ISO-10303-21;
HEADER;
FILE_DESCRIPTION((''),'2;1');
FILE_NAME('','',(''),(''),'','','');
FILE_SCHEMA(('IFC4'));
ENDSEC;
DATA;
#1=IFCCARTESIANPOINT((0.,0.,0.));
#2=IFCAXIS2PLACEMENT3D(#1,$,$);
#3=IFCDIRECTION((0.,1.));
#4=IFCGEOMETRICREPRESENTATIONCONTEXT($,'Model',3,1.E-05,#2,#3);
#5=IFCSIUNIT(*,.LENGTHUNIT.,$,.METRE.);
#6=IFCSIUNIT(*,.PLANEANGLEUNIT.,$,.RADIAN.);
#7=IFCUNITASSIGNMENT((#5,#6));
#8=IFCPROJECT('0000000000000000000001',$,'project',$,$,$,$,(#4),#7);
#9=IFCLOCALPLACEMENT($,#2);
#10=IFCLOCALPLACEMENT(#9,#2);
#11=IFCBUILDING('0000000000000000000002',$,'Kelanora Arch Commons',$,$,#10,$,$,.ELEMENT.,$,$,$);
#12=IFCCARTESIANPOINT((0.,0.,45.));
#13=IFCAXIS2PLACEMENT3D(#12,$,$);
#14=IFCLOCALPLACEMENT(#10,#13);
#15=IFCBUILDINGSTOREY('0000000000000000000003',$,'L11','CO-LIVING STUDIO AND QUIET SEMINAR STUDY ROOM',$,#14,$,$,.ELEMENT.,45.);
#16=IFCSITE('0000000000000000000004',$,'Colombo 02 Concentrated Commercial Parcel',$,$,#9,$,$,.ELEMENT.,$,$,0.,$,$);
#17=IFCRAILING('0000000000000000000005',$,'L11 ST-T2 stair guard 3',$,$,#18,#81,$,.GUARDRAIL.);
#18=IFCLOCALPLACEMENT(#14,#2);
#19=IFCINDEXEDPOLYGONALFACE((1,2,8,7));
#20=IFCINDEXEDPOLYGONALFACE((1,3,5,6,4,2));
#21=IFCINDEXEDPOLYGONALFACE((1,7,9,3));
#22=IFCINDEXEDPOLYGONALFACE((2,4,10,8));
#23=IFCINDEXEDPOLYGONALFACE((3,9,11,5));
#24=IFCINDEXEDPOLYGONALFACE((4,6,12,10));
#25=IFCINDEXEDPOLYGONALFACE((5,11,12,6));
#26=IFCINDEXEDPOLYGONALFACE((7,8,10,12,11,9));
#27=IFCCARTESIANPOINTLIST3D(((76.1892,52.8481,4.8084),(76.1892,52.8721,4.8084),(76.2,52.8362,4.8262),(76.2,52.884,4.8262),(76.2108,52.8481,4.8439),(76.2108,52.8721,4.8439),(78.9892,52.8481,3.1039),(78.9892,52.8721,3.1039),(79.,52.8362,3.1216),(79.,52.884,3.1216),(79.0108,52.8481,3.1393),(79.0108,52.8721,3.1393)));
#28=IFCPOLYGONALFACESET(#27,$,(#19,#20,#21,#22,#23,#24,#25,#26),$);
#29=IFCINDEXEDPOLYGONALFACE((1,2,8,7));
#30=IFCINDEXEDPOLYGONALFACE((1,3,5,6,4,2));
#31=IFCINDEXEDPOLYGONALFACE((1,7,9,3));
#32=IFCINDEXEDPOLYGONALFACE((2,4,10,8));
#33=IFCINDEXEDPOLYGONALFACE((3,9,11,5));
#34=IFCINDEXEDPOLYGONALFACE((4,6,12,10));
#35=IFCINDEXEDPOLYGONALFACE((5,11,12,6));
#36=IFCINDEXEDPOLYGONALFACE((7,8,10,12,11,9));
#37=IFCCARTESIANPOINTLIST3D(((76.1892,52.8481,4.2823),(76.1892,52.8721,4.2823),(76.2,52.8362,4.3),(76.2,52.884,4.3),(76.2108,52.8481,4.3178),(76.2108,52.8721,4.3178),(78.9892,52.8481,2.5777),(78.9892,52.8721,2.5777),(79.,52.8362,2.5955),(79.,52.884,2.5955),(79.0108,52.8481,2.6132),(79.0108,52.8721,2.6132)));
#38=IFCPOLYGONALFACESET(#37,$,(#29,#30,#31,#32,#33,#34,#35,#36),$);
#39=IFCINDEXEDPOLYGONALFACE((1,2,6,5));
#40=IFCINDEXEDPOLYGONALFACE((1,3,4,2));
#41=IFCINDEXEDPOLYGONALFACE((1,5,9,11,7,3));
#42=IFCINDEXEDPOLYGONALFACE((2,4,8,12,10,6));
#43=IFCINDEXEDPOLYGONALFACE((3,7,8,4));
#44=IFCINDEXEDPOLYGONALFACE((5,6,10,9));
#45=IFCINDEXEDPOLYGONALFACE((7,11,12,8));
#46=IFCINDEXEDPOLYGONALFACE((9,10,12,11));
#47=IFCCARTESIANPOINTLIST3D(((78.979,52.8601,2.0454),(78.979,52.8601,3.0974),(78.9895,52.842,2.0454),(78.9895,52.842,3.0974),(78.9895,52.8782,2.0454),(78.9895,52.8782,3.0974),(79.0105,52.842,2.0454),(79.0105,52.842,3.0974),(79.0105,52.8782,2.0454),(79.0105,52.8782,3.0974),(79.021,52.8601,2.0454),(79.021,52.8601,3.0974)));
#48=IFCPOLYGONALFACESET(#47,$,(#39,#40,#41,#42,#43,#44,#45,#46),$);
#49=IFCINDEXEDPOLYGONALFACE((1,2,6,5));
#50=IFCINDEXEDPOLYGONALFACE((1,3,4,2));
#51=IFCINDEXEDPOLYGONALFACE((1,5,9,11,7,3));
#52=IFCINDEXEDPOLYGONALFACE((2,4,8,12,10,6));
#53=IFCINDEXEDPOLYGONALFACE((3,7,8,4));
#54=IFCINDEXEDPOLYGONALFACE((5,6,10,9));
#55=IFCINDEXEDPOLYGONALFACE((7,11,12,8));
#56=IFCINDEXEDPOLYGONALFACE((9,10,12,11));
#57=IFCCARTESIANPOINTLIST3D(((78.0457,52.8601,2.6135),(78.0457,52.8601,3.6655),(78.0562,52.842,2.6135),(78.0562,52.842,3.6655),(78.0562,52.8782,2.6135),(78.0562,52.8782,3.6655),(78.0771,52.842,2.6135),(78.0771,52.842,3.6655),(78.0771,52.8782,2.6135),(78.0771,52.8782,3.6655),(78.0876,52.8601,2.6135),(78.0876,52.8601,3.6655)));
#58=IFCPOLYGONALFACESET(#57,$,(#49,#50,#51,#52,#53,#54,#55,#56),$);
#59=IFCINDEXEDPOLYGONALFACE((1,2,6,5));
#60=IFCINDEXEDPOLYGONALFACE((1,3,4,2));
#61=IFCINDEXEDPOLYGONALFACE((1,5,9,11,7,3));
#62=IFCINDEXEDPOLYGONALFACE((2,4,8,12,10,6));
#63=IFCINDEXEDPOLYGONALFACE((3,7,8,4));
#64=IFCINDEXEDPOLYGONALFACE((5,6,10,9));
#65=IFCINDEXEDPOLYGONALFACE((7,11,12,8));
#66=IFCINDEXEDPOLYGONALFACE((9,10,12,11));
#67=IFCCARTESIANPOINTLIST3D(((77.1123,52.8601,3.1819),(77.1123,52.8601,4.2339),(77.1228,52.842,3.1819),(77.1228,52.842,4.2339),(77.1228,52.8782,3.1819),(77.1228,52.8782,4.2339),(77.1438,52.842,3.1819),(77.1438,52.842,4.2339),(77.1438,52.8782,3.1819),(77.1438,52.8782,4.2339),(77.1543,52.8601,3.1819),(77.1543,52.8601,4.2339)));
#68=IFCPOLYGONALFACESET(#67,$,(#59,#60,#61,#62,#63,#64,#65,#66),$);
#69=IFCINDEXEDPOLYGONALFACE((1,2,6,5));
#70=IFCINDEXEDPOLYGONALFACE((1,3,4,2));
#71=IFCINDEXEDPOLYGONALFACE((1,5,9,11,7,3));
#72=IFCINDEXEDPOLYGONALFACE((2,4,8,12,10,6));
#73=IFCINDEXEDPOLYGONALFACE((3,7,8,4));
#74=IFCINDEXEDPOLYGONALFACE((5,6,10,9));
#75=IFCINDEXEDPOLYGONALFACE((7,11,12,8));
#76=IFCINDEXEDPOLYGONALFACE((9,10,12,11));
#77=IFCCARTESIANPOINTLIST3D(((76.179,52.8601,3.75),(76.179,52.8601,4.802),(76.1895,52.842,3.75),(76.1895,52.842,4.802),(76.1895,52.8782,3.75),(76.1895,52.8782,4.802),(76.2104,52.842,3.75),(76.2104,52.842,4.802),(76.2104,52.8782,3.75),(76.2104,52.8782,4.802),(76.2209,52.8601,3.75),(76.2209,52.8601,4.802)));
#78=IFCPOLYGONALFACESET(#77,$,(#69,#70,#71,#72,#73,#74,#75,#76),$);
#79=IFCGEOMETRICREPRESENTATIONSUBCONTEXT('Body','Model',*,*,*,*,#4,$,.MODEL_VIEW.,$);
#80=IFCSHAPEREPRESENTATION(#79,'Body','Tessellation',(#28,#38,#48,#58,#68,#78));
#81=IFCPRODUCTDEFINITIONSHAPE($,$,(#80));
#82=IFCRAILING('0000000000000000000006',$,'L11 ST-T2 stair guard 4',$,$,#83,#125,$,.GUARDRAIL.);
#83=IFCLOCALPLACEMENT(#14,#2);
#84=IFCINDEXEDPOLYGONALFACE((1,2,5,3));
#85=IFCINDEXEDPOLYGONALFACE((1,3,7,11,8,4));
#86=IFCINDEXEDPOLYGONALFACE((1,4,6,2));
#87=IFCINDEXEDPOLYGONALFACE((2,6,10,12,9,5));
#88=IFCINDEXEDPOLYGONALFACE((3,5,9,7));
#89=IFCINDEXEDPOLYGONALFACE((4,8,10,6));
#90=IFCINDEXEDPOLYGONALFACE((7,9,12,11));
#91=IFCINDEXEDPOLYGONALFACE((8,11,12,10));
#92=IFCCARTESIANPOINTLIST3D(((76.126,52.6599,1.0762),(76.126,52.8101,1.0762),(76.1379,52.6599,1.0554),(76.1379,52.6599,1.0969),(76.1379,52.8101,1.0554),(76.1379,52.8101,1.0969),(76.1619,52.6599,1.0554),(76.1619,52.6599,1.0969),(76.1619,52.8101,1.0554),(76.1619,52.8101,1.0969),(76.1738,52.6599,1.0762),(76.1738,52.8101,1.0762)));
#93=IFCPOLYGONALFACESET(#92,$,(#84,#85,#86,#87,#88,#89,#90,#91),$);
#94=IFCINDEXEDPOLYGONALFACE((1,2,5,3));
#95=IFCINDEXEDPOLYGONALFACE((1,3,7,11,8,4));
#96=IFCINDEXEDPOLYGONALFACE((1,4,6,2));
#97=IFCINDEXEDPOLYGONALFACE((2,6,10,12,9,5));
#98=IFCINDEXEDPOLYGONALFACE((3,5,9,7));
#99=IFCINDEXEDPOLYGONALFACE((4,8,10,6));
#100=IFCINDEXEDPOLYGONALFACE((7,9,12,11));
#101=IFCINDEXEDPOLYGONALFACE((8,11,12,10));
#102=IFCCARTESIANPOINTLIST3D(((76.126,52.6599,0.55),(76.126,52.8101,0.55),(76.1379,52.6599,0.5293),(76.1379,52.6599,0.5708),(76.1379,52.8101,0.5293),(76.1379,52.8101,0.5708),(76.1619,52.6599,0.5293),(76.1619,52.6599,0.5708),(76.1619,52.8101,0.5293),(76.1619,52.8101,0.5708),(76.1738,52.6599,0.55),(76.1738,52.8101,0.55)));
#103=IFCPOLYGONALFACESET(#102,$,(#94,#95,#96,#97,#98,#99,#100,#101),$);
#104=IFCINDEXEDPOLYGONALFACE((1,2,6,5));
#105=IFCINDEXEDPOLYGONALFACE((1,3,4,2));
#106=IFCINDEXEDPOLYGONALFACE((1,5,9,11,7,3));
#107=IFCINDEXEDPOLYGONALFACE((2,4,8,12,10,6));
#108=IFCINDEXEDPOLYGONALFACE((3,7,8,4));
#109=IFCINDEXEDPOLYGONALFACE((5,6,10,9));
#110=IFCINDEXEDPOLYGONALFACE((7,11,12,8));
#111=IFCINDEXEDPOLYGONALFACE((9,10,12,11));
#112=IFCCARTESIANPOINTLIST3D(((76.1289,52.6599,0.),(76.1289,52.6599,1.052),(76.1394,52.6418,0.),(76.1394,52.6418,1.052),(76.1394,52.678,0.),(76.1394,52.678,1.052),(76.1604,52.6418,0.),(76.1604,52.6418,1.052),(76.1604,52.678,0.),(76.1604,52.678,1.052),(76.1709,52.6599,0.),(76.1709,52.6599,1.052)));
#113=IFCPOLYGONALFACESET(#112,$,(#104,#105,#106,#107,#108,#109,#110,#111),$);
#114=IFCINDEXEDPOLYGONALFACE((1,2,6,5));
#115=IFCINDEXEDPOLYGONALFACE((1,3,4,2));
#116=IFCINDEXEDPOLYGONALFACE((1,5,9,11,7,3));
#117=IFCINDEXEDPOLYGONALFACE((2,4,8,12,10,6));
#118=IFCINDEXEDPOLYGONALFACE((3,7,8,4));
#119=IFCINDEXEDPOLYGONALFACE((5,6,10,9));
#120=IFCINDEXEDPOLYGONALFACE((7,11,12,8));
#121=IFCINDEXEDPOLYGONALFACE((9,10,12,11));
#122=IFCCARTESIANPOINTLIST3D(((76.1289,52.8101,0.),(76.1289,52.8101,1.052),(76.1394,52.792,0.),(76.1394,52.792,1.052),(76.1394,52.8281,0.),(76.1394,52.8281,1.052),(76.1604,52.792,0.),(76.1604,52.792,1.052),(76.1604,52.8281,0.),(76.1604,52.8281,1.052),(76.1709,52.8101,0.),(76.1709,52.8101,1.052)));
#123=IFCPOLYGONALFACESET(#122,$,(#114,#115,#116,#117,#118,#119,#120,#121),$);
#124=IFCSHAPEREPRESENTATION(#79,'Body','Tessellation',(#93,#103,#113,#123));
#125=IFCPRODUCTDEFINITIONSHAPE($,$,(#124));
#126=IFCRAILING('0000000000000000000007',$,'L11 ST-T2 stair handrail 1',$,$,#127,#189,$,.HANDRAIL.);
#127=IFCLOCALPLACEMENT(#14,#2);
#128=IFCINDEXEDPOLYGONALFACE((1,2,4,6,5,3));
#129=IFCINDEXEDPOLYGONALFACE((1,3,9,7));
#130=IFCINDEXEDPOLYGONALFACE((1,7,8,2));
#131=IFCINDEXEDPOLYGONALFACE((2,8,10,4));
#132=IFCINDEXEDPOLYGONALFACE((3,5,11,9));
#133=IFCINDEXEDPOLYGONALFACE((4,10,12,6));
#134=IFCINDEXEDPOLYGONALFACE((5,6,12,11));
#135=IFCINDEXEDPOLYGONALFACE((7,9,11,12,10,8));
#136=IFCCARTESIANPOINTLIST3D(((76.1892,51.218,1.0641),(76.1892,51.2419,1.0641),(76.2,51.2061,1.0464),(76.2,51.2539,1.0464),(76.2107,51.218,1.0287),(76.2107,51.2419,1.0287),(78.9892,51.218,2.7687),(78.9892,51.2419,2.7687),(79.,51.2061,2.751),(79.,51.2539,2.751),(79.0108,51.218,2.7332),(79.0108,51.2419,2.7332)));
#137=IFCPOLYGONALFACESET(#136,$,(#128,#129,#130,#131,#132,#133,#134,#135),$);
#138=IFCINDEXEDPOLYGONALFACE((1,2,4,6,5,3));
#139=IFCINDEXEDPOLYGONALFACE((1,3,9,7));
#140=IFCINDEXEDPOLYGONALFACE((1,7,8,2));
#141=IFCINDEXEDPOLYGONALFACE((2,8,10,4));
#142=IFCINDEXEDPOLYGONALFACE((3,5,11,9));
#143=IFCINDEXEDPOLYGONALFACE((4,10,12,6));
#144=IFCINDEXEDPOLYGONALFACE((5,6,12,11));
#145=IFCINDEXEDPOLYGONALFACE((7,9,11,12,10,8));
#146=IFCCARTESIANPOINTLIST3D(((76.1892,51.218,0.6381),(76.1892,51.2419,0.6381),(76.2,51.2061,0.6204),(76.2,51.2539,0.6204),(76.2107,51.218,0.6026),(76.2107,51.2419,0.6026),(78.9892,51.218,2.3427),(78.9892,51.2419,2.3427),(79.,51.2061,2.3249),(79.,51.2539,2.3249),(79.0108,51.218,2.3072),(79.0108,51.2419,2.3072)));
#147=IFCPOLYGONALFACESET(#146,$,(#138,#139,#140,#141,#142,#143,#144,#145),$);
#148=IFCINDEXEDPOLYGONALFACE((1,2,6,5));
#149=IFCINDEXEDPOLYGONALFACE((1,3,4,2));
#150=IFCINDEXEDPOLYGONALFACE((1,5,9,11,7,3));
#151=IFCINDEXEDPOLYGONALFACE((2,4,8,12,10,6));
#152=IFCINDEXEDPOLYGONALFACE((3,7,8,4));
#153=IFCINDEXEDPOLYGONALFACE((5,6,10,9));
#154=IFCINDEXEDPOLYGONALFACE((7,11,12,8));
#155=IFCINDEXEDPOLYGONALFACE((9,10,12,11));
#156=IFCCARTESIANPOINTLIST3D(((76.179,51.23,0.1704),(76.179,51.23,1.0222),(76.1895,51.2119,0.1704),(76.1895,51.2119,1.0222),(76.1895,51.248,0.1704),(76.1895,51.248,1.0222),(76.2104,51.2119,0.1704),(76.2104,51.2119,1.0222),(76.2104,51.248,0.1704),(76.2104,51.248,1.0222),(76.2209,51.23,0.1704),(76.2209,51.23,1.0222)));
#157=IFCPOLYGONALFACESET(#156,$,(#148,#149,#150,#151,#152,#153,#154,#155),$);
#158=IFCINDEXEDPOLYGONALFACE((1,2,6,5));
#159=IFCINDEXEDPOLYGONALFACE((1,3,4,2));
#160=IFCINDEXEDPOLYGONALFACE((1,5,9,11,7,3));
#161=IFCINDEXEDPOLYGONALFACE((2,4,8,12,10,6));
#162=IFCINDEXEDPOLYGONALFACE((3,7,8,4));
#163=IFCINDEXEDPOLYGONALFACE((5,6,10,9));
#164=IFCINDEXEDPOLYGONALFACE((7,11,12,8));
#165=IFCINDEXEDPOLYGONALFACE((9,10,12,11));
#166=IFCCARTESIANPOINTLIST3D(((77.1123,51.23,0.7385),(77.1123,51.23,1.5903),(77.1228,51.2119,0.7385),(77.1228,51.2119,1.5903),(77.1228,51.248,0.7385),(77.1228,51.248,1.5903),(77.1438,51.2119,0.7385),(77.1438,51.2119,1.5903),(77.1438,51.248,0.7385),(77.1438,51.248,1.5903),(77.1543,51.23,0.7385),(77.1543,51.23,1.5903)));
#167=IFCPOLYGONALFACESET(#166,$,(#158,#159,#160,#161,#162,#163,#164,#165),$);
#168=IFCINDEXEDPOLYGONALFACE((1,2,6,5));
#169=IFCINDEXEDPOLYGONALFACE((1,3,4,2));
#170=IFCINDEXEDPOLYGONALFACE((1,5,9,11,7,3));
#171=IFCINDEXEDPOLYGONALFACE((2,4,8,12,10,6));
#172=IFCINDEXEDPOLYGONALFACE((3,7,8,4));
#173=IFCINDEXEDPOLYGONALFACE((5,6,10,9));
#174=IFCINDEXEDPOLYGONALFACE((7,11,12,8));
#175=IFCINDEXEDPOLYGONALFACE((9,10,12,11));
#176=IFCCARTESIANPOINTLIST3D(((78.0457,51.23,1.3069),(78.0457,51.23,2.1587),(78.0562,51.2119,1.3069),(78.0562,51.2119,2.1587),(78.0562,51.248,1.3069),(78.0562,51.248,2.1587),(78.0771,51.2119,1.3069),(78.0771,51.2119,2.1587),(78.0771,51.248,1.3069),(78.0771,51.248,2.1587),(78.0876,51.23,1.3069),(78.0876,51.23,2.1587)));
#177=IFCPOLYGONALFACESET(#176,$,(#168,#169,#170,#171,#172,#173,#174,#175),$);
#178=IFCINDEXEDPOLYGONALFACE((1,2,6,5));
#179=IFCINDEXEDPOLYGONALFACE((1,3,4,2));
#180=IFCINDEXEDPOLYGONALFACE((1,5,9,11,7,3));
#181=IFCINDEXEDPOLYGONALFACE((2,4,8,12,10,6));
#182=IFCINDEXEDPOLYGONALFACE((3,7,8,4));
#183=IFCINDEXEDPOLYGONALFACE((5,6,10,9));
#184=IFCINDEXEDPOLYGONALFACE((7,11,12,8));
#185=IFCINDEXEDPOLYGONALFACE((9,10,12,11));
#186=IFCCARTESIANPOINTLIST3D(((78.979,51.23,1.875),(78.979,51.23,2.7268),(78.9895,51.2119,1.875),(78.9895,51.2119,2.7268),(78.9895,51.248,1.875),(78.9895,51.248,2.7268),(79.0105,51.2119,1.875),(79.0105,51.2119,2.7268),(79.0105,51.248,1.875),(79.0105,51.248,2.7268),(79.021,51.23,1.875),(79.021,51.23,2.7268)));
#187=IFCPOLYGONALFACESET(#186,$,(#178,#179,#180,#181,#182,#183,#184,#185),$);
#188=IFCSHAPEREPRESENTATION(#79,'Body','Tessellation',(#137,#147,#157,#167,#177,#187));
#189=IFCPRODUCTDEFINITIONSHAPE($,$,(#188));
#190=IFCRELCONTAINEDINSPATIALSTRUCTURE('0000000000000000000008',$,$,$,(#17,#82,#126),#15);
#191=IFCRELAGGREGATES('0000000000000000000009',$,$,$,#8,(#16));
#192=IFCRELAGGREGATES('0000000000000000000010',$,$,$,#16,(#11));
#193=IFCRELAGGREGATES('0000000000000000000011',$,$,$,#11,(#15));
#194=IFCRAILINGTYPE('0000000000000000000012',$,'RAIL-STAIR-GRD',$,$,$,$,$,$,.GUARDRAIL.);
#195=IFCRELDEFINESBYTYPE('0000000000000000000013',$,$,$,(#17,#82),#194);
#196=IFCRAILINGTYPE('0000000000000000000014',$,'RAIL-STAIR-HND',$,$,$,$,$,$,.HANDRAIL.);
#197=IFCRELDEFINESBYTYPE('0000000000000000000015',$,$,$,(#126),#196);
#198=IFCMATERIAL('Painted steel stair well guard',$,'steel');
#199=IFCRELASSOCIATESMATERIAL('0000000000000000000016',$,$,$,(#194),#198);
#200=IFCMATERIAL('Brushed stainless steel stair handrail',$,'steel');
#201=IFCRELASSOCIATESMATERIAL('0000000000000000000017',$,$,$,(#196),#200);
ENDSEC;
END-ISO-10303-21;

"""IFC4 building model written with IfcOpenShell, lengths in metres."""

from ifc_helpers import new_model, si_unit, direction, frame, origin, place, context, subcontext, project, spatial, polyline, outline, extrude, material, type_object, element, save


model = new_model("IFC4")

# Units and contexts
model_context = context("Model", 3, precision=1e-05, world=origin(), true_north=direction((0.0, 1.0)))
body_context = subcontext(model_context, "Body", "Model", "MODEL_VIEW")
ifc_project = project(units=[si_unit("LENGTHUNIT", "METRE"), si_unit("PLANEANGLEUNIT", "RADIAN")], contexts=[model_context])

# Site, building, storey
site_placement = place(None, origin())
site = spatial("IfcSite", under=ifc_project, at=site_placement, Name="Colombo 02 Concentrated Commercial Parcel", CompositionType="ELEMENT", RefElevation=0.0)
building_placement = place(site_placement, origin())
building = spatial("IfcBuilding", under=site, at=building_placement, Name="Kelanora Arch Commons", CompositionType="ELEMENT")
storey_placement = place(building_placement, frame((0.0, 0.0, 45.0)))
storey = spatial("IfcBuildingStorey", under=building, at=storey_placement, Name="L11", Description="CO-LIVING STUDIO AND QUIET SEMINAR STUDY ROOM", CompositionType="ELEMENT", Elevation=45.0)

# Railings
ifc_material_1 = material(Name="Painted steel stair well guard", Category="steel")
railing_type_1 = type_object("IfcRailingType", Name="RAIL-STAIR-GRD", PredefinedType="GUARDRAIL", material=ifc_material_1)
railing_1_placement = place(storey_placement, frame((79.0, 52.8601, 2.0454)))
element("IfcRailing", 1, at=railing_1_placement, inside=storey, type_object=railing_type_1, Name="L11 ST-T2 stair guard 3", PredefinedType="GUARDRAIL", context=body_context, shape_type="SweptSolid", body=[
    extrude(outline(polyline([(0.0239, 0.0), (0.012, 0.0208), (-0.012, 0.0208), (-0.0239, 0.0), (-0.012, -0.0208), (0.012, -0.0208), (0.0239, 0.0)])), frame((0.0, 0.0, 1.0762), z_axis=(-0.85417, 0.0, 0.519994), x_axis=(0.0, -1.0, 0.0)), (0.0, 0.0, 1.0), 3.2781),
    extrude(outline(polyline([(0.0239, 0.0), (0.012, 0.0208), (-0.012, 0.0208), (-0.0239, 0.0), (-0.012, -0.0208), (0.012, -0.0208), (0.0239, 0.0)])), frame((0.0, 0.0, 0.55), z_axis=(-0.85417, 0.0, 0.519994), x_axis=(0.0, -1.0, 0.0)), (0.0, 0.0, 1.0), 3.2781),
    extrude(outline(polyline([(0.021, 0.0), (0.0105, 0.0181), (-0.0105, 0.0181), (-0.021, 0.0), (-0.0105, -0.0181), (0.0105, -0.0181), (0.021, 0.0)])), origin(), (0.0, 0.0, 1.0), 1.052),
    extrude(outline(polyline([(0.021, 0.0), (0.0105, 0.0181), (-0.0105, 0.0181), (-0.021, 0.0), (-0.0105, -0.0181), (0.0105, -0.0181), (0.021, 0.0)])), frame((-0.9333, 0.0, 0.5681)), (0.0, 0.0, 1.0), 1.052),
    extrude(outline(polyline([(0.021, 0.0), (0.0105, 0.0181), (-0.0105, 0.0181), (-0.021, 0.0), (-0.0105, -0.0181), (0.0105, -0.0181), (0.021, 0.0)])), frame((-1.8667, 0.0, 1.1365)), (0.0, 0.0, 1.0), 1.052),
    extrude(outline(polyline([(0.021, 0.0), (0.0105, 0.0181), (-0.0105, 0.0181), (-0.021, 0.0), (-0.0105, -0.0181), (0.0105, -0.0181), (0.021, 0.0)])), frame((-2.8, 0.0, 1.7046)), (0.0, 0.0, 1.0), 1.052),
])
railing_2_placement = place(storey_placement, frame((76.1499, 52.6599, 0.0)))
element("IfcRailing", 2, at=railing_2_placement, inside=storey, type_object=railing_type_1, Name="L11 ST-T2 stair guard 4", PredefinedType="GUARDRAIL", context=body_context, shape_type="SweptSolid", body=[
    extrude(outline(polyline([(0.0239, 0.0), (0.012, 0.0208), (-0.012, 0.0208), (-0.0239, 0.0), (-0.012, -0.0208), (0.012, -0.0208), (0.0239, 0.0)])), frame((0.0, 0.0, 1.0762), z_axis=(0.0, 1.0, 0.0), x_axis=(-1.0, 0.0, 0.0)), (0.0, 0.0, 1.0), 0.1501),
    extrude(outline(polyline([(0.0239, 0.0), (0.012, 0.0208), (-0.012, 0.0208), (-0.0239, 0.0), (-0.012, -0.0208), (0.012, -0.0208), (0.0239, 0.0)])), frame((0.0, 0.0, 0.55), z_axis=(0.0, 1.0, 0.0), x_axis=(-1.0, 0.0, 0.0)), (0.0, 0.0, 1.0), 0.1501),
    extrude(outline(polyline([(0.021, 0.0), (0.0105, 0.0181), (-0.0105, 0.0181), (-0.021, 0.0), (-0.0105, -0.0181), (0.0105, -0.0181), (0.021, 0.0)])), origin(), (0.0, 0.0, 1.0), 1.052),
    extrude(outline(polyline([(0.021, 0.0), (0.0105, 0.0181), (-0.0105, 0.0181), (-0.021, 0.0), (-0.0105, -0.0181), (0.0105, -0.0181), (0.021, 0.0)])), frame((0.0, 0.1501, 0.0)), (0.0, 0.0, 1.0), 1.052),
])
ifc_material_2 = material(Name="Brushed stainless steel stair handrail", Category="steel")
railing_type_2 = type_object("IfcRailingType", Name="RAIL-STAIR-HND", PredefinedType="HANDRAIL", material=ifc_material_2)
railing_3_placement = place(storey_placement, frame((76.2, 51.23, 0.1704)))
element("IfcRailing", 3, at=railing_3_placement, inside=storey, type_object=railing_type_2, Name="L11 ST-T2 stair handrail 1", PredefinedType="HANDRAIL", context=body_context, shape_type="SweptSolid", body=[
    extrude(outline(polyline([(0.0239, 0.0), (0.012, 0.0208), (-0.012, 0.0208), (-0.0239, 0.0), (-0.012, -0.0208), (0.012, -0.0208), (0.0239, 0.0)])), frame((0.0, 0.0, 0.876), z_axis=(0.85417, 0.0, 0.519994), x_axis=(0.0, 1.0, 0.0)), (0.0, 0.0, 1.0), 3.2781),
    extrude(outline(polyline([(0.0239, 0.0), (0.012, 0.0208), (-0.012, 0.0208), (-0.0239, 0.0), (-0.012, -0.0208), (0.012, -0.0208), (0.0239, 0.0)])), frame((0.0, 0.0, 0.45), z_axis=(0.85417, 0.0, 0.519994), x_axis=(0.0, 1.0, 0.0)), (0.0, 0.0, 1.0), 3.2781),
    extrude(outline(polyline([(0.021, 0.0), (0.0105, 0.0181), (-0.0105, 0.0181), (-0.021, 0.0), (-0.0105, -0.0181), (0.0105, -0.0181), (0.021, 0.0)])), origin(), (0.0, 0.0, 1.0), 0.8518),
    extrude(outline(polyline([(0.021, 0.0), (0.0105, 0.0181), (-0.0105, 0.0181), (-0.021, 0.0), (-0.0105, -0.0181), (0.0105, -0.0181), (0.021, 0.0)])), frame((0.9333, 0.0, 0.5681)), (0.0, 0.0, 1.0), 0.8518),
    extrude(outline(polyline([(0.021, 0.0), (0.0105, 0.0181), (-0.0105, 0.0181), (-0.021, 0.0), (-0.0105, -0.0181), (0.0105, -0.0181), (0.021, 0.0)])), frame((1.8667, 0.0, 1.1365)), (0.0, 0.0, 1.0), 0.8518),
    extrude(outline(polyline([(0.021, 0.0), (0.0105, 0.0181), (-0.0105, 0.0181), (-0.021, 0.0), (-0.0105, -0.0181), (0.0105, -0.0181), (0.021, 0.0)])), frame((2.8, 0.0, 1.7046)), (0.0, 0.0, 1.0), 0.8518),
])

save(model, "model.ifc")
